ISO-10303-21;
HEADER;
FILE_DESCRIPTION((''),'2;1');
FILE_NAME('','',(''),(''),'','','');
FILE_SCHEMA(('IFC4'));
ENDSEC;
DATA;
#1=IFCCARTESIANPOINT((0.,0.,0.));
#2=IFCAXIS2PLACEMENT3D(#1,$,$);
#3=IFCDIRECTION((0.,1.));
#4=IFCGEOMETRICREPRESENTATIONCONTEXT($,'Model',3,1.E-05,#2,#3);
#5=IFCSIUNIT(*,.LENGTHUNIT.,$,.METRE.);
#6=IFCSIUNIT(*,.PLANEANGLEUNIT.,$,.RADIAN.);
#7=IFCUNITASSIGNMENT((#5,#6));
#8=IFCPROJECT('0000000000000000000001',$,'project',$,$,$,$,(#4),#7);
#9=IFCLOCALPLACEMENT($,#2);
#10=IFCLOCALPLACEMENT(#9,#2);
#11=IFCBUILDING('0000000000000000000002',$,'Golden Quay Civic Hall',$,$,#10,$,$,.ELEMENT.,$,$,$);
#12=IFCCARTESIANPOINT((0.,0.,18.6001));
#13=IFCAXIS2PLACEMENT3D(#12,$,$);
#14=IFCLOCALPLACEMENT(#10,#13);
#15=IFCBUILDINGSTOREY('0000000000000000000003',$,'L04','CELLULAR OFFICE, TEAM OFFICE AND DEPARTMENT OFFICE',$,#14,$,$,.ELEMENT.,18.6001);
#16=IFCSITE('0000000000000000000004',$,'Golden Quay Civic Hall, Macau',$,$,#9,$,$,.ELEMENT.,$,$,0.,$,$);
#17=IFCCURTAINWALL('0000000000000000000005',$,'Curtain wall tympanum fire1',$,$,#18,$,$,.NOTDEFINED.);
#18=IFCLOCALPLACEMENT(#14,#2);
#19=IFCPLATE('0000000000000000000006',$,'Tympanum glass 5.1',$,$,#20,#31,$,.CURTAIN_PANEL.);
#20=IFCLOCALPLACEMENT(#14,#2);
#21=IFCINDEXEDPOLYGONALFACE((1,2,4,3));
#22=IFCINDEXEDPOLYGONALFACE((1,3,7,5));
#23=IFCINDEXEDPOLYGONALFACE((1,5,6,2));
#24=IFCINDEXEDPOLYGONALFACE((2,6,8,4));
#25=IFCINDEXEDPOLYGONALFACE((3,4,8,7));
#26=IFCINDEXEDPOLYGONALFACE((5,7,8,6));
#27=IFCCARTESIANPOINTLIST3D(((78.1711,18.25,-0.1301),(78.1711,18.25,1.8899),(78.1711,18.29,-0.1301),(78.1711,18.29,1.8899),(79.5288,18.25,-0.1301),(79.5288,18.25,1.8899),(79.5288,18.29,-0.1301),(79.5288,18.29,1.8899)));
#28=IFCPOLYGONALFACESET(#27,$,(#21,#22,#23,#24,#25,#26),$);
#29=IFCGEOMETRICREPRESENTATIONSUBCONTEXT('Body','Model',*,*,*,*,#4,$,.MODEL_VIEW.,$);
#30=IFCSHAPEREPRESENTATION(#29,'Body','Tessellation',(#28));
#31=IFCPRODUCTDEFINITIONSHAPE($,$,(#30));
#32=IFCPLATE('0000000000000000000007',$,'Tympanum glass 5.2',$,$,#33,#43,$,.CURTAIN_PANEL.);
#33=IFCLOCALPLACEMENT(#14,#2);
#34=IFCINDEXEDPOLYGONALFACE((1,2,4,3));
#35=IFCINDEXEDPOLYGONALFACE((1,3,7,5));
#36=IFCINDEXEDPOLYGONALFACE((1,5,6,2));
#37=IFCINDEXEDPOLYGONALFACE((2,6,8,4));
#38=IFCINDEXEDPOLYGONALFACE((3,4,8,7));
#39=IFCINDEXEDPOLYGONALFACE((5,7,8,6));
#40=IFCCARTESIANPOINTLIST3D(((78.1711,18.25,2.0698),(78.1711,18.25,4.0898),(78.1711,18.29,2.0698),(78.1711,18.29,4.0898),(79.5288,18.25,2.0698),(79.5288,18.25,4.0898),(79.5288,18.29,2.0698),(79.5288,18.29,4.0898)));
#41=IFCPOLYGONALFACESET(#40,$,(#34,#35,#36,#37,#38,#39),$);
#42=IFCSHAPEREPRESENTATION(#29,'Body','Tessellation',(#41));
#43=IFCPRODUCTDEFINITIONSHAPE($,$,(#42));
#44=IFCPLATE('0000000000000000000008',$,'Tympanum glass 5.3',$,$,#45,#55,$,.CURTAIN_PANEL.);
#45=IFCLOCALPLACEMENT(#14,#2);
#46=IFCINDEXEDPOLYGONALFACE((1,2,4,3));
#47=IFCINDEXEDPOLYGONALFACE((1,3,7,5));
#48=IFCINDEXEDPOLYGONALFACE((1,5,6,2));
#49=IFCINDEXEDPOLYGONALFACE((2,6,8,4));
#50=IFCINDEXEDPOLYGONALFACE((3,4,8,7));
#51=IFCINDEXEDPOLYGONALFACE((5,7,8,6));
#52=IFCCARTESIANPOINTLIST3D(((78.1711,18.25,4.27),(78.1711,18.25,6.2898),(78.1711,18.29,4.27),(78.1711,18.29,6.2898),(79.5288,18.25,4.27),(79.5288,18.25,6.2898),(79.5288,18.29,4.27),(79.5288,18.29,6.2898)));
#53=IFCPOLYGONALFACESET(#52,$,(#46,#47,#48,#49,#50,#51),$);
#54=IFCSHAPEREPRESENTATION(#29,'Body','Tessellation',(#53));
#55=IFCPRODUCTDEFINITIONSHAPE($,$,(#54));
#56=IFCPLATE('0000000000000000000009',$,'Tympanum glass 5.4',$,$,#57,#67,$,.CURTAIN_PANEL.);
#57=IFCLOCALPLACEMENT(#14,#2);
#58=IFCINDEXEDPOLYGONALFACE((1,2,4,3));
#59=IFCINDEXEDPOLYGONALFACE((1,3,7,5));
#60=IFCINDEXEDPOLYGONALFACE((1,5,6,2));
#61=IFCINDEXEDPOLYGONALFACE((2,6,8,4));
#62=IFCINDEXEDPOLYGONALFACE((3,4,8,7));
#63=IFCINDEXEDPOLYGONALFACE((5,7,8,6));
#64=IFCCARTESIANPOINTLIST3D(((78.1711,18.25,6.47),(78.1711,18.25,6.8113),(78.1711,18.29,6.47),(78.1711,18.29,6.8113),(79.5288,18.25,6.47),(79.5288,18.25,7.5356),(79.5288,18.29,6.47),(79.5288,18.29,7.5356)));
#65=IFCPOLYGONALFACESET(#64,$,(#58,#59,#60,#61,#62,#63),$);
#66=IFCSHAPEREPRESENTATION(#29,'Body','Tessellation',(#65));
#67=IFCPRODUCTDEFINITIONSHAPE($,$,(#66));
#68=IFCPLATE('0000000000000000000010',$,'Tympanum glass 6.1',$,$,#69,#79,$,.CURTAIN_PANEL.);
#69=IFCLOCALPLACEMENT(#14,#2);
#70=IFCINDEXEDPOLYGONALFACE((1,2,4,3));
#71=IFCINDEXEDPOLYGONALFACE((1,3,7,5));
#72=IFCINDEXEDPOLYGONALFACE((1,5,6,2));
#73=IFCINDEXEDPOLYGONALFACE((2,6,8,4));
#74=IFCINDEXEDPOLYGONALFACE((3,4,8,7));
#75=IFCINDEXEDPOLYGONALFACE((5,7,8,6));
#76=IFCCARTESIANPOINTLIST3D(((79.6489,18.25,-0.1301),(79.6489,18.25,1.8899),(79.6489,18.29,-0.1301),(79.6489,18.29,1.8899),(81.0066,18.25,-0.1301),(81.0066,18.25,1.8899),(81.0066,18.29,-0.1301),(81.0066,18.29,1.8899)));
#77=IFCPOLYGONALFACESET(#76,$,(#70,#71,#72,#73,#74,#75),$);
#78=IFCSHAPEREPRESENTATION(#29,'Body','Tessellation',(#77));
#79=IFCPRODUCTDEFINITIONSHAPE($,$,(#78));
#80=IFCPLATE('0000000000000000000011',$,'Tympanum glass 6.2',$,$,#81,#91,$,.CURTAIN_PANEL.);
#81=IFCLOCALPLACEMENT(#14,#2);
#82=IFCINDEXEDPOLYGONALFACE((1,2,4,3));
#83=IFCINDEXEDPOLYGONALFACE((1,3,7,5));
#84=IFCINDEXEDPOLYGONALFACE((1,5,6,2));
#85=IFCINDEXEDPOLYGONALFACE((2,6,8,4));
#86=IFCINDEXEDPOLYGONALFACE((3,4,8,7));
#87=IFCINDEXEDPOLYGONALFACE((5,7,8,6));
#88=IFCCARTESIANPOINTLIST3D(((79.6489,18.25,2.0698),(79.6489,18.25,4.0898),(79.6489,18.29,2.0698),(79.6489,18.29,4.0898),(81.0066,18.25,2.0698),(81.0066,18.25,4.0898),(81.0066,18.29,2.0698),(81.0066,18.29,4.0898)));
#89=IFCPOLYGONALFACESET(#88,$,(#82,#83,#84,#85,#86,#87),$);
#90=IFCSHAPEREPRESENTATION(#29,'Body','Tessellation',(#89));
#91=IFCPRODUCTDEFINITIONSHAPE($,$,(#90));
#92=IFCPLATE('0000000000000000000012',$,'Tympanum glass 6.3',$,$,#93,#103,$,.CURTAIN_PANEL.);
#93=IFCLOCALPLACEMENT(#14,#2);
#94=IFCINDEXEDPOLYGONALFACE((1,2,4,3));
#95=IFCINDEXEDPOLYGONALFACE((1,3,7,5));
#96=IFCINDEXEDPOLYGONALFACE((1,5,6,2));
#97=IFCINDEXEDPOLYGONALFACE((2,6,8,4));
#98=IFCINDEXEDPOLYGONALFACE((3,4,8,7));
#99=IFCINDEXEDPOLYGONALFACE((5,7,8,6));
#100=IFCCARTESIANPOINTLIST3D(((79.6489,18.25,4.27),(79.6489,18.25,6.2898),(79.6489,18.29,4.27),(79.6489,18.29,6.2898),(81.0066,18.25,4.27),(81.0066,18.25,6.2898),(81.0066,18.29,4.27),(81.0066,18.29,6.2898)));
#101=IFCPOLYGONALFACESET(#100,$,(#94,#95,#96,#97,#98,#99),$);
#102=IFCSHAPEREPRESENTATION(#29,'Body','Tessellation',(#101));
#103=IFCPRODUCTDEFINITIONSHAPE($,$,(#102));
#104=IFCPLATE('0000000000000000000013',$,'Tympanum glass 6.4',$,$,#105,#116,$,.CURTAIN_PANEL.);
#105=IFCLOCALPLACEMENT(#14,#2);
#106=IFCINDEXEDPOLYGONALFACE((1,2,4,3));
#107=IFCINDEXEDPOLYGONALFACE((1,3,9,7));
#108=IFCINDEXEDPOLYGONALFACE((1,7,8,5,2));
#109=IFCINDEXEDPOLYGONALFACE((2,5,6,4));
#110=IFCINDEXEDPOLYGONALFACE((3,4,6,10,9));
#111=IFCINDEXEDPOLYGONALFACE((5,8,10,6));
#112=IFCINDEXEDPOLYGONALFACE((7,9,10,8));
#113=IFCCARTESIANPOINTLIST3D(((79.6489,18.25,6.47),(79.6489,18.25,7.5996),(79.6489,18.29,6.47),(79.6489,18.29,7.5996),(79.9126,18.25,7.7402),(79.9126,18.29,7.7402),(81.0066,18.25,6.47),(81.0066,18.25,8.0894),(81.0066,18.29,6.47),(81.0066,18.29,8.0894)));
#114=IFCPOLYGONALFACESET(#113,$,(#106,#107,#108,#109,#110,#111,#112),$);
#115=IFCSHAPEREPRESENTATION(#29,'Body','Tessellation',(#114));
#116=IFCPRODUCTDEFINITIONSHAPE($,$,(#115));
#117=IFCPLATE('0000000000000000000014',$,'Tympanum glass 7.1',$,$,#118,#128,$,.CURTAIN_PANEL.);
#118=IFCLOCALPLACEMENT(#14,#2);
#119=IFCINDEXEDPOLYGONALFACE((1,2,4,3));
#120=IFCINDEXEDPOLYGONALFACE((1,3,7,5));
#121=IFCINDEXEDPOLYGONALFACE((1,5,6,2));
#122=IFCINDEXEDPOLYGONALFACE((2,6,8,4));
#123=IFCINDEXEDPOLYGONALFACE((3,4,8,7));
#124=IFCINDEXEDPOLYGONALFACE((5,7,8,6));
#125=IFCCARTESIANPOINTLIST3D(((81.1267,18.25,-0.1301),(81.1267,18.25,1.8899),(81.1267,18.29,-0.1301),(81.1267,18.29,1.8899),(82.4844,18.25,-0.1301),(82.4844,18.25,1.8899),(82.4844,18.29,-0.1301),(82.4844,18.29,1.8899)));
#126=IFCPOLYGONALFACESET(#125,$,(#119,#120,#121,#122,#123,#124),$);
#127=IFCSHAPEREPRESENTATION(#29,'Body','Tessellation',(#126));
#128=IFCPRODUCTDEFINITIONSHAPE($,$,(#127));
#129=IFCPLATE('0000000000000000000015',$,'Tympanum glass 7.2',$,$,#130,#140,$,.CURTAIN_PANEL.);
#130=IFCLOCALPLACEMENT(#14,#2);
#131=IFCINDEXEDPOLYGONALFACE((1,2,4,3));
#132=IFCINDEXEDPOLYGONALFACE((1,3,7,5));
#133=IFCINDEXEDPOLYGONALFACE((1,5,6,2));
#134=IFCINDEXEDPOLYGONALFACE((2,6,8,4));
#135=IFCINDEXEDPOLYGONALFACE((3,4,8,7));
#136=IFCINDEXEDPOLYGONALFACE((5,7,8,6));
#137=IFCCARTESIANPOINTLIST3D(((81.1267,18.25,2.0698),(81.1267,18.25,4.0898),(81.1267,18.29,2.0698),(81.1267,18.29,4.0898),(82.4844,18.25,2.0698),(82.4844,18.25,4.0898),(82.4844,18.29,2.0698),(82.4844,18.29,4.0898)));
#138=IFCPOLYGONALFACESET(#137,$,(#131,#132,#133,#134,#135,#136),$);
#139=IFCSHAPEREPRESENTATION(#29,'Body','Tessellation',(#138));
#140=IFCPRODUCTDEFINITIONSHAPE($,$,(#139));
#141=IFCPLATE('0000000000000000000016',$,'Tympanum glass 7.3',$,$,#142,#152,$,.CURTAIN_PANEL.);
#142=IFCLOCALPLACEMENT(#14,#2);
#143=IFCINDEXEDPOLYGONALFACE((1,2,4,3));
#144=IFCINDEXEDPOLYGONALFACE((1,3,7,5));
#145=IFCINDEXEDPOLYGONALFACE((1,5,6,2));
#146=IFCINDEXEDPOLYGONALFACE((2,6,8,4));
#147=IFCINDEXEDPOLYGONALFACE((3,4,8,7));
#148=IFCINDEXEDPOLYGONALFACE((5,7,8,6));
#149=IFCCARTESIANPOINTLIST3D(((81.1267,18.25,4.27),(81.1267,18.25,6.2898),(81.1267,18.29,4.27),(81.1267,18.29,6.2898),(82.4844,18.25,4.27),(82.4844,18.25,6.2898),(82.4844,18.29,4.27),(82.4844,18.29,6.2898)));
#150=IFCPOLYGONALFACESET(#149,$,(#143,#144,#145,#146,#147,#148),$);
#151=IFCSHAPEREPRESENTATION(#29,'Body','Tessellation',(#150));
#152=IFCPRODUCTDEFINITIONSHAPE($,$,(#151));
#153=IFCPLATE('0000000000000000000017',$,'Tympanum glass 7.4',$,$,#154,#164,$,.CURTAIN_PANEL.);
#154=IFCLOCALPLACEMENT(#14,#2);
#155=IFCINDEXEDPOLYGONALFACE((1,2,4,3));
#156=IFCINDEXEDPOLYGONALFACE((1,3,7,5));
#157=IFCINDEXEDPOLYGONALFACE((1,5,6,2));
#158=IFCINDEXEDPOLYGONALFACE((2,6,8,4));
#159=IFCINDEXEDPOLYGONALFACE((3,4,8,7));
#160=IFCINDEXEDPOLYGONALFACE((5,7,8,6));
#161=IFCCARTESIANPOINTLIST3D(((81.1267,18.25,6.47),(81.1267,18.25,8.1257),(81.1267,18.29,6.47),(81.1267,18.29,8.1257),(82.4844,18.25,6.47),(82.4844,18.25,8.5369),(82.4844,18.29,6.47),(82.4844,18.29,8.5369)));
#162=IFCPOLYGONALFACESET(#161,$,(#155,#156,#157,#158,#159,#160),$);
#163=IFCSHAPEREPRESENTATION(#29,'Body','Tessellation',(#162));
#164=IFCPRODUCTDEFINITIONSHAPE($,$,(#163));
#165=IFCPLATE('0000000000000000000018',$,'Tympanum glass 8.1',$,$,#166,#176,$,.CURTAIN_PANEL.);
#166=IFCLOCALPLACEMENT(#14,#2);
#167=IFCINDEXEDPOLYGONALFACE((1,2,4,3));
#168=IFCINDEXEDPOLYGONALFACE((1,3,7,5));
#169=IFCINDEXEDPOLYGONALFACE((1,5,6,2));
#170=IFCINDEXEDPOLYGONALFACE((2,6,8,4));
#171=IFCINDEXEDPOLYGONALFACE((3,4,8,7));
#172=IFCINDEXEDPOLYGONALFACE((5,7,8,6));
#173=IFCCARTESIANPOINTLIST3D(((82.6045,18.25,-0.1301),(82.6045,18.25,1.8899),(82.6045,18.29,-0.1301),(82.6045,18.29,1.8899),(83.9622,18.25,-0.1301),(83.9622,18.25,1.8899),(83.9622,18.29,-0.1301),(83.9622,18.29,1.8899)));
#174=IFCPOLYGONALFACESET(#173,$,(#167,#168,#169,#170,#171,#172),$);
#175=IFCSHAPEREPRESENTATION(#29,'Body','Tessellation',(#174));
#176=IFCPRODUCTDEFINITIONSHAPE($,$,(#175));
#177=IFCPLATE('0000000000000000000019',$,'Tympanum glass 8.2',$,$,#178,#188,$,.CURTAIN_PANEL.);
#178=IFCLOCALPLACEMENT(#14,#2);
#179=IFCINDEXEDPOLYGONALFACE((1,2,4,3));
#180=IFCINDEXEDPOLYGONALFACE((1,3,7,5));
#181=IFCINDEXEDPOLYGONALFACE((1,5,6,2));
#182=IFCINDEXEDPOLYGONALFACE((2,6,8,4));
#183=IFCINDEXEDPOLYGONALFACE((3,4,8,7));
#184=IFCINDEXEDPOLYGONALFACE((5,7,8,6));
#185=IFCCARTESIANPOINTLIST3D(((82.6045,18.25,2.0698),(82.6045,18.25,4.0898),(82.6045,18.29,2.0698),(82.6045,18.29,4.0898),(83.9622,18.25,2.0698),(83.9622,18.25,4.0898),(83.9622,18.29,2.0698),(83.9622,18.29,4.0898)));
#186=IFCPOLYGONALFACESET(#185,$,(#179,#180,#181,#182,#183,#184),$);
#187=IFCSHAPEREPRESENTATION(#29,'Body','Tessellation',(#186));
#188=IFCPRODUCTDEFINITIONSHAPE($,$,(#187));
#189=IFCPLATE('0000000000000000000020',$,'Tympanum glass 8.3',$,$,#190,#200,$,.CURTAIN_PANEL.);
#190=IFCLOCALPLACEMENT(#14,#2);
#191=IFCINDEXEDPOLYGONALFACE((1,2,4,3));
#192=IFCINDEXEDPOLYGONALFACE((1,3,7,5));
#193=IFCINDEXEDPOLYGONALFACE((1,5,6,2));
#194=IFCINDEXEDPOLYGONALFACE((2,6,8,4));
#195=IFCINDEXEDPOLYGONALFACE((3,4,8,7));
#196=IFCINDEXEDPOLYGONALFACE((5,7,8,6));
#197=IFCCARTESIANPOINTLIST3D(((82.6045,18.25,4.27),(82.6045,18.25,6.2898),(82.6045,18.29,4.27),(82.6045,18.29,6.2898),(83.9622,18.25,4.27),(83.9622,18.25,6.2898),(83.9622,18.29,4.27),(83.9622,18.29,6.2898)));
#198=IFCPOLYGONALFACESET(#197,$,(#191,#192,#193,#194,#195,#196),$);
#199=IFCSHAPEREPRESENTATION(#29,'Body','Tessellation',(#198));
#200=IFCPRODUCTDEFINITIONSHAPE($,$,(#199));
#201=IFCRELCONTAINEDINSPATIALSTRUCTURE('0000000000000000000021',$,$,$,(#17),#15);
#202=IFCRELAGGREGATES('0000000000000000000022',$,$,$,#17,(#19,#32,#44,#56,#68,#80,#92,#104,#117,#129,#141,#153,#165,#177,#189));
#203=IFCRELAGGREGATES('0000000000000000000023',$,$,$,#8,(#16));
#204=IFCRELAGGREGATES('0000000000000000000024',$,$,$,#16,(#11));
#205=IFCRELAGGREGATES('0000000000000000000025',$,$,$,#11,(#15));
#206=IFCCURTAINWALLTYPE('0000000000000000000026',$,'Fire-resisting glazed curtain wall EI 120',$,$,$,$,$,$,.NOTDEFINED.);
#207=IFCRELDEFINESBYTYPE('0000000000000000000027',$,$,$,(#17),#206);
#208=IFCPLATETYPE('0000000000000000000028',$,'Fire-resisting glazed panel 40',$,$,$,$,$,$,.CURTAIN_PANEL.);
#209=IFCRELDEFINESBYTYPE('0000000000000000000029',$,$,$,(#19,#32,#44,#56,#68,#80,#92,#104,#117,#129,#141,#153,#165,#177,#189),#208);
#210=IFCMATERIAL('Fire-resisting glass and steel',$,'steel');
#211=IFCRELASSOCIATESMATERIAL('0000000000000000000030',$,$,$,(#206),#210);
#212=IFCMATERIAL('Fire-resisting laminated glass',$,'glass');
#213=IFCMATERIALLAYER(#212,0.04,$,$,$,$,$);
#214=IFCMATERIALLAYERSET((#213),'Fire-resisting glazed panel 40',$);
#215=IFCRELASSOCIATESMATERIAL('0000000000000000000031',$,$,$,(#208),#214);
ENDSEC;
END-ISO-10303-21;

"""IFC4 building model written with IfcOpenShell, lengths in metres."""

from ifc_helpers import new_model, si_unit, direction, frame, origin, place, context, subcontext, project, spatial, polyline, outline, extrude, material, layer, layer_set, type_object, element, aggregate, save


model = new_model("IFC4")

# Units and contexts
model_context = context("Model", 3, precision=1e-05, world=origin(), true_north=direction((0.0, 1.0)))
body_context = subcontext(model_context, "Body", "Model", "MODEL_VIEW")
ifc_project = project(units=[si_unit("LENGTHUNIT", "METRE"), si_unit("PLANEANGLEUNIT", "RADIAN")], contexts=[model_context])

# Site, building, storey
site_placement = place(None, origin())
site = spatial("IfcSite", under=ifc_project, at=site_placement, Name="Golden Quay Civic Hall, Macau", CompositionType="ELEMENT", RefElevation=0.0)
building_placement = place(site_placement, origin())
building = spatial("IfcBuilding", under=site, at=building_placement, Name="Golden Quay Civic Hall", CompositionType="ELEMENT")
storey_placement = place(building_placement, frame((0.0, 0.0, 18.6001)))
storey = spatial("IfcBuildingStorey", under=building, at=storey_placement, Name="L04", Description="CELLULAR OFFICE, TEAM OFFICE AND DEPARTMENT OFFICE", CompositionType="ELEMENT", Elevation=18.6001)

# Curtain wall, plates
ifc_material_1 = material(Name="Fire-resisting glass and steel", Category="steel")
curtain_wall_type = type_object("IfcCurtainWallType", Name="Fire-resisting glazed curtain wall EI 120", PredefinedType="NOTDEFINED", material=ifc_material_1)
curtain_wall_placement = place(storey_placement, origin())
curtain_wall = element("IfcCurtainWall", 1, at=curtain_wall_placement, inside=storey, type_object=curtain_wall_type, Name="Curtain wall tympanum fire1", PredefinedType="NOTDEFINED")
ifc_material_2 = material(Name="Fire-resisting laminated glass", Category="glass")
ifc_layer = layer(ifc_material_2, 0.04)
ifc_layer_set = layer_set([ifc_layer], Name="Fire-resisting glazed panel 40")
plate_type = type_object("IfcPlateType", Name="Fire-resisting glazed panel 40", PredefinedType="CURTAIN_PANEL", material=ifc_layer_set)
plate_1_placement = place(storey_placement, frame((79.5288, 18.29, -0.1301), z_axis=(0.0, 1.0, 0.0), x_axis=(-1.0, 0.0, 0.0)))
plate_1 = element("IfcPlate", 2, at=plate_1_placement, type_object=plate_type, Name="Tympanum glass 5.1", PredefinedType="CURTAIN_PANEL", context=body_context, shape_type="SweptSolid", body=[
    extrude(outline(polyline([(0.0, 0.0), (1.3577, 0.0), (1.3577, 2.02), (0.0, 2.02), (0.0, 0.0)])), origin(), (0.0, 0.0, -1.0), 0.04),
])
plate_2_placement = place(storey_placement, frame((79.5288, 18.29, 2.0698), z_axis=(0.0, 1.0, 0.0), x_axis=(-1.0, 0.0, 0.0)))
plate_2 = element("IfcPlate", 3, at=plate_2_placement, type_object=plate_type, Name="Tympanum glass 5.2", PredefinedType="CURTAIN_PANEL", context=body_context, shape_type="SweptSolid", body=[
    extrude(outline(polyline([(0.0, 0.0), (1.3577, 0.0), (1.3577, 2.02), (0.0, 2.02), (0.0, 0.0)])), origin(), (0.0, 0.0, -1.0), 0.04),
])
plate_3_placement = place(storey_placement, frame((79.5288, 18.29, 4.27), z_axis=(0.0, 1.0, 0.0), x_axis=(-1.0, 0.0, 0.0)))
plate_3 = element("IfcPlate", 4, at=plate_3_placement, type_object=plate_type, Name="Tympanum glass 5.3", PredefinedType="CURTAIN_PANEL", context=body_context, shape_type="SweptSolid", body=[
    extrude(outline(polyline([(0.0, 0.0), (1.3577, 0.0), (1.3577, 2.0198), (0.0, 2.0198), (0.0, 0.0)])), origin(), (0.0, 0.0, -1.0), 0.04),
])
plate_4_placement = place(storey_placement, frame((79.5288, 18.29, 6.47), z_axis=(0.0, 1.0, 0.0), x_axis=(-1.0, 0.0, 0.0)))
plate_4 = element("IfcPlate", 5, at=plate_4_placement, type_object=plate_type, Name="Tympanum glass 5.4", PredefinedType="CURTAIN_PANEL", context=body_context, shape_type="SweptSolid", body=[
    extrude(outline(polyline([(0.0, 0.0), (1.3577, 0.0), (1.3577, 0.3413), (0.0, 1.0657), (0.0, 0.0)])), origin(), (0.0, 0.0, -1.0), 0.04),
])
plate_5_placement = place(storey_placement, frame((81.0066, 18.29, -0.1301), z_axis=(0.0, 1.0, 0.0), x_axis=(-1.0, 0.0, 0.0)))
plate_5 = element("IfcPlate", 6, at=plate_5_placement, type_object=plate_type, Name="Tympanum glass 6.1", PredefinedType="CURTAIN_PANEL", context=body_context, shape_type="SweptSolid", body=[
    extrude(outline(polyline([(0.0, 0.0), (1.3577, 0.0), (1.3577, 2.02), (0.0, 2.02), (0.0, 0.0)])), origin(), (0.0, 0.0, -1.0), 0.04),
])
plate_6_placement = place(storey_placement, frame((81.0066, 18.29, 2.0698), z_axis=(0.0, 1.0, 0.0), x_axis=(-1.0, 0.0, 0.0)))
plate_6 = element("IfcPlate", 7, at=plate_6_placement, type_object=plate_type, Name="Tympanum glass 6.2", PredefinedType="CURTAIN_PANEL", context=body_context, shape_type="SweptSolid", body=[
    extrude(outline(polyline([(0.0, 0.0), (1.3577, 0.0), (1.3577, 2.02), (0.0, 2.02), (0.0, 0.0)])), origin(), (0.0, 0.0, -1.0), 0.04),
])
plate_7_placement = place(storey_placement, frame((81.0066, 18.29, 4.27), z_axis=(0.0, 1.0, 0.0), x_axis=(-1.0, 0.0, 0.0)))
plate_7 = element("IfcPlate", 8, at=plate_7_placement, type_object=plate_type, Name="Tympanum glass 6.3", PredefinedType="CURTAIN_PANEL", context=body_context, shape_type="SweptSolid", body=[
    extrude(outline(polyline([(0.0, 0.0), (1.3577, 0.0), (1.3577, 2.0198), (0.0, 2.0198), (0.0, 0.0)])), origin(), (0.0, 0.0, -1.0), 0.04),
])
plate_8_placement = place(storey_placement, frame((81.0066, 18.29, 6.47), z_axis=(0.0, 1.0, 0.0), x_axis=(-1.0, 0.0, 0.0)))
plate_8 = element("IfcPlate", 9, at=plate_8_placement, type_object=plate_type, Name="Tympanum glass 6.4", PredefinedType="CURTAIN_PANEL", context=body_context, shape_type="SweptSolid", body=[
    extrude(outline(polyline([(0.0, 0.0), (1.3577, 0.0), (1.3577, 1.1296), (1.094, 1.2703), (0.0, 1.6194), (0.0, 0.0)])), origin(), (0.0, 0.0, -1.0), 0.04),
])
plate_9_placement = place(storey_placement, frame((82.4844, 18.29, -0.1301), z_axis=(0.0, 1.0, 0.0), x_axis=(-1.0, 0.0, 0.0)))
plate_9 = element("IfcPlate", 10, at=plate_9_placement, type_object=plate_type, Name="Tympanum glass 7.1", PredefinedType="CURTAIN_PANEL", context=body_context, shape_type="SweptSolid", body=[
    extrude(outline(polyline([(0.0, 0.0), (1.3577, 0.0), (1.3577, 2.02), (0.0, 2.02), (0.0, 0.0)])), origin(), (0.0, 0.0, -1.0), 0.04),
])
plate_10_placement = place(storey_placement, frame((82.4844, 18.29, 2.0698), z_axis=(0.0, 1.0, 0.0), x_axis=(-1.0, 0.0, 0.0)))
plate_10 = element("IfcPlate", 11, at=plate_10_placement, type_object=plate_type, Name="Tympanum glass 7.2", PredefinedType="CURTAIN_PANEL", context=body_context, shape_type="SweptSolid", body=[
    extrude(outline(polyline([(0.0, 0.0), (1.3577, 0.0), (1.3577, 2.02), (0.0, 2.02), (0.0, 0.0)])), origin(), (0.0, 0.0, -1.0), 0.04),
])
plate_11_placement = place(storey_placement, frame((82.4844, 18.29, 4.27), z_axis=(0.0, 1.0, 0.0), x_axis=(-1.0, 0.0, 0.0)))
plate_11 = element("IfcPlate", 12, at=plate_11_placement, type_object=plate_type, Name="Tympanum glass 7.3", PredefinedType="CURTAIN_PANEL", context=body_context, shape_type="SweptSolid", body=[
    extrude(outline(polyline([(0.0, 0.0), (1.3577, 0.0), (1.3577, 2.0198), (0.0, 2.0198), (0.0, 0.0)])), origin(), (0.0, 0.0, -1.0), 0.04),
])
plate_12_placement = place(storey_placement, frame((82.4844, 18.29, 6.47), z_axis=(0.0, 1.0, 0.0), x_axis=(-1.0, 0.0, 0.0)))
plate_12 = element("IfcPlate", 13, at=plate_12_placement, type_object=plate_type, Name="Tympanum glass 7.4", PredefinedType="CURTAIN_PANEL", context=body_context, shape_type="SweptSolid", body=[
    extrude(outline(polyline([(0.0, 0.0), (1.3577, 0.0), (1.3577, 1.6558), (0.0, 2.0669), (0.0, 0.0)])), origin(), (0.0, 0.0, -1.0), 0.04),
])
plate_13_placement = place(storey_placement, frame((83.9622, 18.29, -0.1301), z_axis=(0.0, 1.0, 0.0), x_axis=(-1.0, 0.0, 0.0)))
plate_13 = element("IfcPlate", 14, at=plate_13_placement, type_object=plate_type, Name="Tympanum glass 8.1", PredefinedType="CURTAIN_PANEL", context=body_context, shape_type="SweptSolid", body=[
    extrude(outline(polyline([(0.0, 0.0), (1.3577, 0.0), (1.3577, 2.02), (0.0, 2.02), (0.0, 0.0)])), origin(), (0.0, 0.0, -1.0), 0.04),
])
plate_14_placement = place(storey_placement, frame((83.9622, 18.29, 2.0698), z_axis=(0.0, 1.0, 0.0), x_axis=(-1.0, 0.0, 0.0)))
plate_14 = element("IfcPlate", 15, at=plate_14_placement, type_object=plate_type, Name="Tympanum glass 8.2", PredefinedType="CURTAIN_PANEL", context=body_context, shape_type="SweptSolid", body=[
    extrude(outline(polyline([(0.0, 0.0), (1.3577, 0.0), (1.3577, 2.02), (0.0, 2.02), (0.0, 0.0)])), origin(), (0.0, 0.0, -1.0), 0.04),
])
plate_15_placement = place(storey_placement, frame((83.9622, 18.29, 4.27), z_axis=(0.0, 1.0, 0.0), x_axis=(-1.0, 0.0, 0.0)))
plate_15 = element("IfcPlate", 16, at=plate_15_placement, type_object=plate_type, Name="Tympanum glass 8.3", PredefinedType="CURTAIN_PANEL", context=body_context, shape_type="SweptSolid", body=[
    extrude(outline(polyline([(0.0, 0.0), (1.3577, 0.0), (1.3577, 2.0198), (0.0, 2.0198), (0.0, 0.0)])), origin(), (0.0, 0.0, -1.0), 0.04),
])
aggregate(curtain_wall, [plate_1, plate_2, plate_3, plate_4, plate_5, plate_6, plate_7, plate_8, plate_9, plate_10, plate_11, plate_12, plate_13, plate_14, plate_15])

save(model, "model.ifc")
